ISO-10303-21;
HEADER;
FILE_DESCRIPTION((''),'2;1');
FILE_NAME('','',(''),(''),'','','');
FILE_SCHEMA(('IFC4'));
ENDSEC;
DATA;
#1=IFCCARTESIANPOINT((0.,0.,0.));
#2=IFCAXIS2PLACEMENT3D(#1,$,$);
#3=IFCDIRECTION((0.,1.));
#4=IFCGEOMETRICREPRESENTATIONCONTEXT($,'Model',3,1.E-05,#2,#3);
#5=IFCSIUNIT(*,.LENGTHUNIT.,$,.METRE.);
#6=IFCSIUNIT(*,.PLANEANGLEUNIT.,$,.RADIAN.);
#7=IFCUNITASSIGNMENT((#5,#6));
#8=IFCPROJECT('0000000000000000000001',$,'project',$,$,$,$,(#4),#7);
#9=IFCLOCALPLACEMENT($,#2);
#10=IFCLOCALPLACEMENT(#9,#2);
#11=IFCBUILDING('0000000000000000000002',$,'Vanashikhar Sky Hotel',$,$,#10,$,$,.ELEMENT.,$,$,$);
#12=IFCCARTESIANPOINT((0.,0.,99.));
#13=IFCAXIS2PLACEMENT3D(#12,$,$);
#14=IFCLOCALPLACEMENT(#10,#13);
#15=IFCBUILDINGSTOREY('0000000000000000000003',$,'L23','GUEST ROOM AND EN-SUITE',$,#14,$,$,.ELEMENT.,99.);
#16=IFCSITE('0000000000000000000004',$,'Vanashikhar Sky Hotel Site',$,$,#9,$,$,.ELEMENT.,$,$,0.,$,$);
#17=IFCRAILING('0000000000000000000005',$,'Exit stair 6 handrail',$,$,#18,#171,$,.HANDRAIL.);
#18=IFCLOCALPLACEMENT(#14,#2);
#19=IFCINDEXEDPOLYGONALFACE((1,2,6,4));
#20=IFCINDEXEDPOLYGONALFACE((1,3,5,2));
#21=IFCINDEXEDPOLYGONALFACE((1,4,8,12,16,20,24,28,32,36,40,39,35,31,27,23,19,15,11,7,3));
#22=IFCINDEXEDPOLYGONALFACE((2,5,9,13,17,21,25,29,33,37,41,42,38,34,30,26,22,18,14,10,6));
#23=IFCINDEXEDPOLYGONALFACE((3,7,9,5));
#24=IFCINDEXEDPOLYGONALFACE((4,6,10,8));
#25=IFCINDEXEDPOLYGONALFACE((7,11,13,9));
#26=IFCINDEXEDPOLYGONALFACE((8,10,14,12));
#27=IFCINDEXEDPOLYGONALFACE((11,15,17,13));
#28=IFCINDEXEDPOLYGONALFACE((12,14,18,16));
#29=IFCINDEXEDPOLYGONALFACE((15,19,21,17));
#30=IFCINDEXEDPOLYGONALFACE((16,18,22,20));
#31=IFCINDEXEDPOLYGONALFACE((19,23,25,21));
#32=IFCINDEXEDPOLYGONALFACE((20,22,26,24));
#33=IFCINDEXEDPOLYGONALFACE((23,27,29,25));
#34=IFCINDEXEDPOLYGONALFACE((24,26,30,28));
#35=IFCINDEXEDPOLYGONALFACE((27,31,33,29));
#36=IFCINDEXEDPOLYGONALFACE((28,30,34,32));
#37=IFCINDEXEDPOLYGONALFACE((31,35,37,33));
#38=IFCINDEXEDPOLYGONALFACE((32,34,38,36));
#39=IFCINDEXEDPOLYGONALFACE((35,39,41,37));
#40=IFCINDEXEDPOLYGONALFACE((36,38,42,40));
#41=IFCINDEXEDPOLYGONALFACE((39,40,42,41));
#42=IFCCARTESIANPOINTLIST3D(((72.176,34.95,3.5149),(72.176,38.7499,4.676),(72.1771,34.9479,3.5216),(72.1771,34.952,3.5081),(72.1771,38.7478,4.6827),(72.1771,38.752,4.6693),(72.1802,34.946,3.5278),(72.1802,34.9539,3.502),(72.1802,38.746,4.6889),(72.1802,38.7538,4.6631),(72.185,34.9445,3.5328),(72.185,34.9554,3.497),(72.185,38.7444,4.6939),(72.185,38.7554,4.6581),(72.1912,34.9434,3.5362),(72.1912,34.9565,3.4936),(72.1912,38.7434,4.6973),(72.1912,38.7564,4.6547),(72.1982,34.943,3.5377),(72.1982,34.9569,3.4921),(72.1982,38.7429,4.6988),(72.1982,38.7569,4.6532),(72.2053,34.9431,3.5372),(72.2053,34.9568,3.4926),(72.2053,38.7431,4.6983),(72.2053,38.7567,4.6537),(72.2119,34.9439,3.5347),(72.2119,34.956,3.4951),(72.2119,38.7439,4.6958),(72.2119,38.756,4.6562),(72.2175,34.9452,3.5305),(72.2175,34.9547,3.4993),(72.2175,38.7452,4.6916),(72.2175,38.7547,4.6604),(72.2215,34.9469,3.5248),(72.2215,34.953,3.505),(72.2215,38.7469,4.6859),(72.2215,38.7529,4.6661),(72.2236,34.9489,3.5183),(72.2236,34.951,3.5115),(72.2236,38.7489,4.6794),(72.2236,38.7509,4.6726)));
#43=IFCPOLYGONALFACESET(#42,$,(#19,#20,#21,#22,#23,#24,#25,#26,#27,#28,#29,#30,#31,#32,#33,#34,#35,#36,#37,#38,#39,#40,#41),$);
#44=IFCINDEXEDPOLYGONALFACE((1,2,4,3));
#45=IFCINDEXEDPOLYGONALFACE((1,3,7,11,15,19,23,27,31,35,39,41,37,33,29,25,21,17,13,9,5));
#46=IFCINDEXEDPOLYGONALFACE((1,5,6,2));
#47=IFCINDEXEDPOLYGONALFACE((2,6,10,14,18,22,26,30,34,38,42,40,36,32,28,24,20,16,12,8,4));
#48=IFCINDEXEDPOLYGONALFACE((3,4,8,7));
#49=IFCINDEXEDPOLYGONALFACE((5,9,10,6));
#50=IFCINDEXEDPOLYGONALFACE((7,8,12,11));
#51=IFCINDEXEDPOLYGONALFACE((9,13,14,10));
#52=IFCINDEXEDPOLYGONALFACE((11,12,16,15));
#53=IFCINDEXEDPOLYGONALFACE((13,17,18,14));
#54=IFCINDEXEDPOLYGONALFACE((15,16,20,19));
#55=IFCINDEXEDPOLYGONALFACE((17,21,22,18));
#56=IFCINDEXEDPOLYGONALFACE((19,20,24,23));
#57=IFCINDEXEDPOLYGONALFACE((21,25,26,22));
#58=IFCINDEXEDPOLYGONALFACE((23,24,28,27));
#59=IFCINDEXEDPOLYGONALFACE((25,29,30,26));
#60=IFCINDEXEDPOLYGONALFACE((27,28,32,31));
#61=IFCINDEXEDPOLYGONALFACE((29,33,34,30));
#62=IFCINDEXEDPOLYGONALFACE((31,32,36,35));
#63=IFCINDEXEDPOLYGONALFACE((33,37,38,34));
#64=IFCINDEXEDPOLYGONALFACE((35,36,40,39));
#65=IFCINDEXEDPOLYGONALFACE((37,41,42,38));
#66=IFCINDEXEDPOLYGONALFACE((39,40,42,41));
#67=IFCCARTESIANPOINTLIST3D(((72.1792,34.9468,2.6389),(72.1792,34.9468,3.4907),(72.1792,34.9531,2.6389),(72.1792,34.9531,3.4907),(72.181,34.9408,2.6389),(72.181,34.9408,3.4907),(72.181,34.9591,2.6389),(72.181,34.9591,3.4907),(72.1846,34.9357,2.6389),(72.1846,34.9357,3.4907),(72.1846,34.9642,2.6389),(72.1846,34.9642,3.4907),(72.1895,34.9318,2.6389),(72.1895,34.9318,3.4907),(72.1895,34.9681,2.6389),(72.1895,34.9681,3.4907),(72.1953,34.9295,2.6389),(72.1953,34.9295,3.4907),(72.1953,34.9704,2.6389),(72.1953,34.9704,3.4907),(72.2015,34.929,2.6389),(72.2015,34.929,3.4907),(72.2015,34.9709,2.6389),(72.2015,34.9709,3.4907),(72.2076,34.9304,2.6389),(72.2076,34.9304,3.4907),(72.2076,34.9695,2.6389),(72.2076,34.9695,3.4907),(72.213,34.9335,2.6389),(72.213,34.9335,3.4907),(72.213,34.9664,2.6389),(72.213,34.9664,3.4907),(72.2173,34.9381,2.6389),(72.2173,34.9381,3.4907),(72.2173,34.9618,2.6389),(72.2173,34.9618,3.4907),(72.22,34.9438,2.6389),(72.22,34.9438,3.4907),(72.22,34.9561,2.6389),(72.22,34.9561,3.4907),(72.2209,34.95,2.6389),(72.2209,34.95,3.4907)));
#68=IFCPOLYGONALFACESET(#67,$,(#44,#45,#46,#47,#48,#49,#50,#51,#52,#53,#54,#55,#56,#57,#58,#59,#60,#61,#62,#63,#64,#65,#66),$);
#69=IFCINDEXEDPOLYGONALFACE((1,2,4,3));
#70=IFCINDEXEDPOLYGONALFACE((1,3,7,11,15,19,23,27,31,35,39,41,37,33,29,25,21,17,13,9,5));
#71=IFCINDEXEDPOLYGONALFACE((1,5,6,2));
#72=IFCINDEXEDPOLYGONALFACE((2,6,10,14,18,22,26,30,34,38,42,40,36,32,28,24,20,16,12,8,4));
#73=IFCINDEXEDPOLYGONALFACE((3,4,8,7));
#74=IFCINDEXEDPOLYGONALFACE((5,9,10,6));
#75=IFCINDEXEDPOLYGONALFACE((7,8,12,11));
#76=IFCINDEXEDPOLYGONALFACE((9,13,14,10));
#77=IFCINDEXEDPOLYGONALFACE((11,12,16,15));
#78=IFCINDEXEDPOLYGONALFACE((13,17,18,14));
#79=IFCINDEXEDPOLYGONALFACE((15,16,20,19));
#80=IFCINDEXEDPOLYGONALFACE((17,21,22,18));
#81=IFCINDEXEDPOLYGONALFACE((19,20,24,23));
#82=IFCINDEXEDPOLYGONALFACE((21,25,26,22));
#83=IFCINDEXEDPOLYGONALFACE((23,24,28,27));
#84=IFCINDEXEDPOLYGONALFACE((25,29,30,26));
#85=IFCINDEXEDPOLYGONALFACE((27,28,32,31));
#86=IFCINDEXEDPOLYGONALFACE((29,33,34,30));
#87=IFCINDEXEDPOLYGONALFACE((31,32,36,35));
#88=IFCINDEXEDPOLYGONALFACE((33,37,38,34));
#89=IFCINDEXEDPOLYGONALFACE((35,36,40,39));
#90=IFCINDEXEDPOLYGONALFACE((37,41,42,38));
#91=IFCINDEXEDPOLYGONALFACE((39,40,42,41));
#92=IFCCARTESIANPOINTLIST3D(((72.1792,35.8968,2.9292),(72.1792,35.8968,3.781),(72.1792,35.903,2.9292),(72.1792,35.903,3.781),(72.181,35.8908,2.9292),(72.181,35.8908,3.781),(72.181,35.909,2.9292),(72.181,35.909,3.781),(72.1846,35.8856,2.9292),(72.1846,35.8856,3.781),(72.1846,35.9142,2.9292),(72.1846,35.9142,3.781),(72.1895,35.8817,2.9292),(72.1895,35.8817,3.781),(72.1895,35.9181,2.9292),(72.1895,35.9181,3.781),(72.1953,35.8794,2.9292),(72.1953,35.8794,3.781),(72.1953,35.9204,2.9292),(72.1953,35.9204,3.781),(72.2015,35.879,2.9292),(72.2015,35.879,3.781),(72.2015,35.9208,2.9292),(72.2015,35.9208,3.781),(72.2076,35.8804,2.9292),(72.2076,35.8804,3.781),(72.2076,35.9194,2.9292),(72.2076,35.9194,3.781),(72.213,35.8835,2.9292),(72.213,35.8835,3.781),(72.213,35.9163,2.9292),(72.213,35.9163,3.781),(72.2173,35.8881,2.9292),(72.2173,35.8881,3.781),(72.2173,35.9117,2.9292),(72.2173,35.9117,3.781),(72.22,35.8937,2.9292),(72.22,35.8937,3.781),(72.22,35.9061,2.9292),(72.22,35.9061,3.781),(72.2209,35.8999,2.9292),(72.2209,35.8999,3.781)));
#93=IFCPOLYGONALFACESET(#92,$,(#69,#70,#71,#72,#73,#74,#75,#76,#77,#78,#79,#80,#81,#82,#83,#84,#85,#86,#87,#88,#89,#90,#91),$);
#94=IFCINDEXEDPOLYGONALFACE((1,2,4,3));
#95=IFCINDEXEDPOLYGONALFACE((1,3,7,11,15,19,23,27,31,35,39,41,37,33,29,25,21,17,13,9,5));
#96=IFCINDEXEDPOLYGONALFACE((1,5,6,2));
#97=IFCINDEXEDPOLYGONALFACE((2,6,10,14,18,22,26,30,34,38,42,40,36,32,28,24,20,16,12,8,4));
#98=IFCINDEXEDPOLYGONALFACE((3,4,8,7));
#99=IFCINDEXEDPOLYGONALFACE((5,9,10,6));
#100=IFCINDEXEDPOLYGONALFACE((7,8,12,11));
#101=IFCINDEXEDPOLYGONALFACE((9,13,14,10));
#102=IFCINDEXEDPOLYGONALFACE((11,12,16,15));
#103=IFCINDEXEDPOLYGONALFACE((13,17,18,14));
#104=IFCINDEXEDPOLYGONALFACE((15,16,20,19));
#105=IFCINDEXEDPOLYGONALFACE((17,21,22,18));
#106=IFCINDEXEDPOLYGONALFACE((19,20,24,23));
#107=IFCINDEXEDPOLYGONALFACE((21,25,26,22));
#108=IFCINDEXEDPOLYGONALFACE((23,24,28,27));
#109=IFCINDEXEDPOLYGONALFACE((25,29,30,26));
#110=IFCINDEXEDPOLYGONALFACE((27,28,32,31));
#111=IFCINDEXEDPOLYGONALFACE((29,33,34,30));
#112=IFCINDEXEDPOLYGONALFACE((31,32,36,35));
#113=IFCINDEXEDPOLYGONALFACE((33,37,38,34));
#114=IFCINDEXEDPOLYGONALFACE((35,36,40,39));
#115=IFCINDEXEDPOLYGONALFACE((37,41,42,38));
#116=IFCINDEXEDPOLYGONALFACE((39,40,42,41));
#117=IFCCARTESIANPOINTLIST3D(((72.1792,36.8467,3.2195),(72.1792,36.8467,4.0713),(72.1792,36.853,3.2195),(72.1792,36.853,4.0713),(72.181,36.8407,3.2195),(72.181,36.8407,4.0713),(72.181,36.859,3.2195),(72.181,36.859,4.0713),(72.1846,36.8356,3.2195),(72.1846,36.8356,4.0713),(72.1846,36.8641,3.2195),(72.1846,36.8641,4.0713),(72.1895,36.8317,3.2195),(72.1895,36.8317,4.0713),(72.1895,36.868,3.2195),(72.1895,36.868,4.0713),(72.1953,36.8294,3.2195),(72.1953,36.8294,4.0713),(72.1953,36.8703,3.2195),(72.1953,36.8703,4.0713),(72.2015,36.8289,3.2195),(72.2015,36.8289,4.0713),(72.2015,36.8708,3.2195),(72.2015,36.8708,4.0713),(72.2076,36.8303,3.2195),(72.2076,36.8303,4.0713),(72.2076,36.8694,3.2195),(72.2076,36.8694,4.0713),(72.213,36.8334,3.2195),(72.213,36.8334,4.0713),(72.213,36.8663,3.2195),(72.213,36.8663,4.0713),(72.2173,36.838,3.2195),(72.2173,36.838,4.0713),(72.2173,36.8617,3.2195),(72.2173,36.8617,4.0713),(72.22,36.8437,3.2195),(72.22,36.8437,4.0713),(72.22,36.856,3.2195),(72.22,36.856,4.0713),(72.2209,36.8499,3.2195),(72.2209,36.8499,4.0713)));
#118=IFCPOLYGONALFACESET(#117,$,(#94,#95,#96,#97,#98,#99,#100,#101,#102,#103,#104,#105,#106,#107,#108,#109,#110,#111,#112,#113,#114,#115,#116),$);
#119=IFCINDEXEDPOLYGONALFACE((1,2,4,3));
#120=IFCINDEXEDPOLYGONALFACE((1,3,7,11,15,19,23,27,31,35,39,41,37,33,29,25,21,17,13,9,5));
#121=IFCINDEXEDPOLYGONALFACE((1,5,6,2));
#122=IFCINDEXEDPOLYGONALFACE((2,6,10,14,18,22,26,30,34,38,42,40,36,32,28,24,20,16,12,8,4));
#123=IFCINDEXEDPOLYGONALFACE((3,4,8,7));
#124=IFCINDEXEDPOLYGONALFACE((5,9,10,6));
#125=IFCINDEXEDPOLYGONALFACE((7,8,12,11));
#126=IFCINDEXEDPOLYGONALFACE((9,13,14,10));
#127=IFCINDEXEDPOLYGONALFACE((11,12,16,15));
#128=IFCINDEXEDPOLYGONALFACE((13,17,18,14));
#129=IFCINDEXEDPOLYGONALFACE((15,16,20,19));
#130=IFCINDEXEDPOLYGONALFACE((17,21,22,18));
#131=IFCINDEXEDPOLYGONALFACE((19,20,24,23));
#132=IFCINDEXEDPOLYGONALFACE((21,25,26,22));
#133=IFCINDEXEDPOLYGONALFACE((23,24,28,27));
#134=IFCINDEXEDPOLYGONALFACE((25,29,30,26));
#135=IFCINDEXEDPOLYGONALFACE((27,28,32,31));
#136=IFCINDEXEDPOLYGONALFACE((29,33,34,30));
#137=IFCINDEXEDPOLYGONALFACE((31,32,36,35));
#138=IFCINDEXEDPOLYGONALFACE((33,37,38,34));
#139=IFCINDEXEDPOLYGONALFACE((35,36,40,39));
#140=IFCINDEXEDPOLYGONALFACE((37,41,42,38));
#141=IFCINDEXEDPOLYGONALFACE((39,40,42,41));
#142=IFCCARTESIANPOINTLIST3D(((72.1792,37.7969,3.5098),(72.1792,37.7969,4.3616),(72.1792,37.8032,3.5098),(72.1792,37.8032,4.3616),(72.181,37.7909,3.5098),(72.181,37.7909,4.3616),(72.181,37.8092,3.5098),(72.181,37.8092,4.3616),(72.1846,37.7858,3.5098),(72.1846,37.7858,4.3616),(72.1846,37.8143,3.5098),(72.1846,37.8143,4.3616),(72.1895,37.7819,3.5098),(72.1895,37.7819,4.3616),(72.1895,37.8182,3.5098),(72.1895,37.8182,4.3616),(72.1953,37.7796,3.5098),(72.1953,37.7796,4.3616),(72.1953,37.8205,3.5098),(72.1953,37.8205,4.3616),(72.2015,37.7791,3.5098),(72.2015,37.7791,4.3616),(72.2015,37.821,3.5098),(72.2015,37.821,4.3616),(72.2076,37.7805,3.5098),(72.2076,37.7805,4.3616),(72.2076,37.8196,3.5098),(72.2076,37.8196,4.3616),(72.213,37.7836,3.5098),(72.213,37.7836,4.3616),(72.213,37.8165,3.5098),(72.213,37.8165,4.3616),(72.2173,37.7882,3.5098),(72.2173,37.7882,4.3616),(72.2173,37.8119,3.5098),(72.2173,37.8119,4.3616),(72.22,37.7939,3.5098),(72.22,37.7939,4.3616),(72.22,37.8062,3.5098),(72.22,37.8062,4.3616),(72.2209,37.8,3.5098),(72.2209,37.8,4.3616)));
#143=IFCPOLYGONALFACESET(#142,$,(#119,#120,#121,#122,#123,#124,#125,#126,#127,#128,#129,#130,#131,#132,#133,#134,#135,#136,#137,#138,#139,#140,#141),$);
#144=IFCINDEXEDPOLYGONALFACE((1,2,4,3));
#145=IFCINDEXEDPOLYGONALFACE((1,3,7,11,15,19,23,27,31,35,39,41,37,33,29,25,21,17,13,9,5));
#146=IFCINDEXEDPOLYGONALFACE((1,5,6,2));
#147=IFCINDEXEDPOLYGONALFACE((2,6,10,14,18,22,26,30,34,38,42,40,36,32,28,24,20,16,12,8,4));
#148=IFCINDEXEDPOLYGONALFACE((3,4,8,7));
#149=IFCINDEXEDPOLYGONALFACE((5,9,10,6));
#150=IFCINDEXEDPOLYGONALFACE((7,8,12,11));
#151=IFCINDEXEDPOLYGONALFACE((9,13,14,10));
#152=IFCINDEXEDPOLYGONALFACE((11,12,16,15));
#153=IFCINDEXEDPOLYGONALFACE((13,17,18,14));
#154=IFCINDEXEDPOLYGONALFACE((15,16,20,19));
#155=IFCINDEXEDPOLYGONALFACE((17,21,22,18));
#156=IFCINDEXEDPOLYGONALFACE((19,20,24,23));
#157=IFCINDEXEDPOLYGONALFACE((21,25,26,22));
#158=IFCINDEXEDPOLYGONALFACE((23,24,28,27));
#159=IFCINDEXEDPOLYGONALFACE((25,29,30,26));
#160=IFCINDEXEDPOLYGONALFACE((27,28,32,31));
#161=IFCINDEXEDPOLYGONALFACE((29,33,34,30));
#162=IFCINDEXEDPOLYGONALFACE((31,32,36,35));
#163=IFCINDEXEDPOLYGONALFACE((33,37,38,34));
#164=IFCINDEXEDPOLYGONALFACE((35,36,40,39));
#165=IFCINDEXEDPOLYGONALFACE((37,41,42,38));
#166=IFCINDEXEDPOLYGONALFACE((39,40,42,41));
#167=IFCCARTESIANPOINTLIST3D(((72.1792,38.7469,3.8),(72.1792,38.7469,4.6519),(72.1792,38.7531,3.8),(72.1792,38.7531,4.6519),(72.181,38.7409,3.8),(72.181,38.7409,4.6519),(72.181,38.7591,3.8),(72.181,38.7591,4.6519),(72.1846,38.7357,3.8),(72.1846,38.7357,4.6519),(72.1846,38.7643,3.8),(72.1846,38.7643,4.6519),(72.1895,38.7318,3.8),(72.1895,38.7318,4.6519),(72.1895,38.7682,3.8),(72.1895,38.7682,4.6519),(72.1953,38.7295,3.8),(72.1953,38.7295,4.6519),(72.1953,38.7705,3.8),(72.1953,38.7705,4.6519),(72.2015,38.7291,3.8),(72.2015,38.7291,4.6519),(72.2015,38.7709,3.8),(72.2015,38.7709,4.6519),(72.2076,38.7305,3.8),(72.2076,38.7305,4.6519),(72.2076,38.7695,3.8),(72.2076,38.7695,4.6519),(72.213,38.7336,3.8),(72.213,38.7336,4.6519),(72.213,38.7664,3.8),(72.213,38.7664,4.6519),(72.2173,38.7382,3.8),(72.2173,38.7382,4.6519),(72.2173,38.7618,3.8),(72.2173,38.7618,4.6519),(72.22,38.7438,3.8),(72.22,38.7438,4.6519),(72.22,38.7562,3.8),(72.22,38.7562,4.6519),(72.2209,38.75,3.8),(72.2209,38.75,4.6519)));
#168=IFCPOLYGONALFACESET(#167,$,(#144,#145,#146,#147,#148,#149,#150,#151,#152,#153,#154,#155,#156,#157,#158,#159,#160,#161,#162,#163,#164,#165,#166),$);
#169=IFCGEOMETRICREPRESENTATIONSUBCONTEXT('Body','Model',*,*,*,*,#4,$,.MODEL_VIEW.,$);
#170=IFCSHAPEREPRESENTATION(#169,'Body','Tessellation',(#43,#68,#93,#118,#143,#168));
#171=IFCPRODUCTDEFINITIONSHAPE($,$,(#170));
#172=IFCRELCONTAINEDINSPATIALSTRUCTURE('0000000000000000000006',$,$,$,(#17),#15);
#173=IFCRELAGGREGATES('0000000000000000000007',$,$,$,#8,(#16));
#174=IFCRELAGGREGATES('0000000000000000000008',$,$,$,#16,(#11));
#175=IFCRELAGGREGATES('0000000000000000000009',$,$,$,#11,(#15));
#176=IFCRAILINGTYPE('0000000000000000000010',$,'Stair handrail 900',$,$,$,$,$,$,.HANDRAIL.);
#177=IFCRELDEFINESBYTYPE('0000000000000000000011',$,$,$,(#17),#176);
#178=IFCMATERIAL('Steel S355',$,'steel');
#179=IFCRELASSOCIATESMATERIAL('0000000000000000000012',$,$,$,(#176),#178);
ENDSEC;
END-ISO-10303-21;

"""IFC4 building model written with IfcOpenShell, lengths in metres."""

from ifc_helpers import new_model, si_unit, direction, frame, origin, origin_2d, place, context, subcontext, project, spatial, circle, extrude, source, transform, mapped, material, type_object, element, save


model = new_model("IFC4")

# Units and contexts
model_context = context("Model", 3, precision=1e-05, world=origin(), true_north=direction((0.0, 1.0)))
body_context = subcontext(model_context, "Body", "Model", "MODEL_VIEW")
ifc_project = project(units=[si_unit("LENGTHUNIT", "METRE"), si_unit("PLANEANGLEUNIT", "RADIAN")], contexts=[model_context])

# Site, building, storey
site_placement = place(None, origin())
site = spatial("IfcSite", under=ifc_project, at=site_placement, Name="Vanashikhar Sky Hotel Site", CompositionType="ELEMENT", RefElevation=0.0)
building_placement = place(site_placement, origin())
building = spatial("IfcBuilding", under=site, at=building_placement, Name="Vanashikhar Sky Hotel", CompositionType="ELEMENT")
storey_placement = place(building_placement, frame((0.0, 0.0, 99.0)))
storey = spatial("IfcBuildingStorey", under=building, at=storey_placement, Name="L23", Description="GUEST ROOM AND EN-SUITE", CompositionType="ELEMENT", Elevation=99.0)

# Railing
ifc_material_1 = material(Name="Steel S355", Category="steel")
railing_type_1 = type_object("IfcRailingType", Name="Stair handrail 900", PredefinedType="HANDRAIL", material=ifc_material_1)
shared_shape_1 = source(origin(), body_context, "Body", "SweptSolid", [
    extrude(circle(Radius=0.0239, at=origin_2d()), frame((0.0, 0.0, 0.876), z_axis=(0.0, 0.956351, 0.29222), x_axis=(-1.0, 0.0, 0.0)), (0.0, 0.0, 1.0), 3.9734),
    extrude(circle(Radius=0.021, at=origin_2d()), origin(), (0.0, 0.0, 1.0), 0.8518),
    extrude(circle(Radius=0.021, at=origin_2d()), frame((0.0, 0.95, 0.2903)), (0.0, 0.0, 1.0), 0.8518),
    extrude(circle(Radius=0.021, at=origin_2d()), frame((0.0, 1.8999, 0.5806)), (0.0, 0.0, 1.0), 0.8518),
    extrude(circle(Radius=0.021, at=origin_2d()), frame((0.0, 2.8501, 0.8708)), (0.0, 0.0, 1.0), 0.8518),
    extrude(circle(Radius=0.021, at=origin_2d()), frame((0.0, 3.8, 1.1611)), (0.0, 0.0, 1.0), 0.8518),
])
for number, where, name in (
    (1, (72.2, 34.95, 2.6389), "Exit stair 6 handrail"),
):
    element("IfcRailing", number, at=place(storey_placement, frame(where)), inside=storey, type_object=railing_type_1, Name=name, PredefinedType="HANDRAIL", context=body_context, shape_type="MappedRepresentation", body=[
        mapped(shared_shape_1, transform((0.0, 0.0, 0.0), scale=1.0)),
    ])

save(model, "model.ifc")
